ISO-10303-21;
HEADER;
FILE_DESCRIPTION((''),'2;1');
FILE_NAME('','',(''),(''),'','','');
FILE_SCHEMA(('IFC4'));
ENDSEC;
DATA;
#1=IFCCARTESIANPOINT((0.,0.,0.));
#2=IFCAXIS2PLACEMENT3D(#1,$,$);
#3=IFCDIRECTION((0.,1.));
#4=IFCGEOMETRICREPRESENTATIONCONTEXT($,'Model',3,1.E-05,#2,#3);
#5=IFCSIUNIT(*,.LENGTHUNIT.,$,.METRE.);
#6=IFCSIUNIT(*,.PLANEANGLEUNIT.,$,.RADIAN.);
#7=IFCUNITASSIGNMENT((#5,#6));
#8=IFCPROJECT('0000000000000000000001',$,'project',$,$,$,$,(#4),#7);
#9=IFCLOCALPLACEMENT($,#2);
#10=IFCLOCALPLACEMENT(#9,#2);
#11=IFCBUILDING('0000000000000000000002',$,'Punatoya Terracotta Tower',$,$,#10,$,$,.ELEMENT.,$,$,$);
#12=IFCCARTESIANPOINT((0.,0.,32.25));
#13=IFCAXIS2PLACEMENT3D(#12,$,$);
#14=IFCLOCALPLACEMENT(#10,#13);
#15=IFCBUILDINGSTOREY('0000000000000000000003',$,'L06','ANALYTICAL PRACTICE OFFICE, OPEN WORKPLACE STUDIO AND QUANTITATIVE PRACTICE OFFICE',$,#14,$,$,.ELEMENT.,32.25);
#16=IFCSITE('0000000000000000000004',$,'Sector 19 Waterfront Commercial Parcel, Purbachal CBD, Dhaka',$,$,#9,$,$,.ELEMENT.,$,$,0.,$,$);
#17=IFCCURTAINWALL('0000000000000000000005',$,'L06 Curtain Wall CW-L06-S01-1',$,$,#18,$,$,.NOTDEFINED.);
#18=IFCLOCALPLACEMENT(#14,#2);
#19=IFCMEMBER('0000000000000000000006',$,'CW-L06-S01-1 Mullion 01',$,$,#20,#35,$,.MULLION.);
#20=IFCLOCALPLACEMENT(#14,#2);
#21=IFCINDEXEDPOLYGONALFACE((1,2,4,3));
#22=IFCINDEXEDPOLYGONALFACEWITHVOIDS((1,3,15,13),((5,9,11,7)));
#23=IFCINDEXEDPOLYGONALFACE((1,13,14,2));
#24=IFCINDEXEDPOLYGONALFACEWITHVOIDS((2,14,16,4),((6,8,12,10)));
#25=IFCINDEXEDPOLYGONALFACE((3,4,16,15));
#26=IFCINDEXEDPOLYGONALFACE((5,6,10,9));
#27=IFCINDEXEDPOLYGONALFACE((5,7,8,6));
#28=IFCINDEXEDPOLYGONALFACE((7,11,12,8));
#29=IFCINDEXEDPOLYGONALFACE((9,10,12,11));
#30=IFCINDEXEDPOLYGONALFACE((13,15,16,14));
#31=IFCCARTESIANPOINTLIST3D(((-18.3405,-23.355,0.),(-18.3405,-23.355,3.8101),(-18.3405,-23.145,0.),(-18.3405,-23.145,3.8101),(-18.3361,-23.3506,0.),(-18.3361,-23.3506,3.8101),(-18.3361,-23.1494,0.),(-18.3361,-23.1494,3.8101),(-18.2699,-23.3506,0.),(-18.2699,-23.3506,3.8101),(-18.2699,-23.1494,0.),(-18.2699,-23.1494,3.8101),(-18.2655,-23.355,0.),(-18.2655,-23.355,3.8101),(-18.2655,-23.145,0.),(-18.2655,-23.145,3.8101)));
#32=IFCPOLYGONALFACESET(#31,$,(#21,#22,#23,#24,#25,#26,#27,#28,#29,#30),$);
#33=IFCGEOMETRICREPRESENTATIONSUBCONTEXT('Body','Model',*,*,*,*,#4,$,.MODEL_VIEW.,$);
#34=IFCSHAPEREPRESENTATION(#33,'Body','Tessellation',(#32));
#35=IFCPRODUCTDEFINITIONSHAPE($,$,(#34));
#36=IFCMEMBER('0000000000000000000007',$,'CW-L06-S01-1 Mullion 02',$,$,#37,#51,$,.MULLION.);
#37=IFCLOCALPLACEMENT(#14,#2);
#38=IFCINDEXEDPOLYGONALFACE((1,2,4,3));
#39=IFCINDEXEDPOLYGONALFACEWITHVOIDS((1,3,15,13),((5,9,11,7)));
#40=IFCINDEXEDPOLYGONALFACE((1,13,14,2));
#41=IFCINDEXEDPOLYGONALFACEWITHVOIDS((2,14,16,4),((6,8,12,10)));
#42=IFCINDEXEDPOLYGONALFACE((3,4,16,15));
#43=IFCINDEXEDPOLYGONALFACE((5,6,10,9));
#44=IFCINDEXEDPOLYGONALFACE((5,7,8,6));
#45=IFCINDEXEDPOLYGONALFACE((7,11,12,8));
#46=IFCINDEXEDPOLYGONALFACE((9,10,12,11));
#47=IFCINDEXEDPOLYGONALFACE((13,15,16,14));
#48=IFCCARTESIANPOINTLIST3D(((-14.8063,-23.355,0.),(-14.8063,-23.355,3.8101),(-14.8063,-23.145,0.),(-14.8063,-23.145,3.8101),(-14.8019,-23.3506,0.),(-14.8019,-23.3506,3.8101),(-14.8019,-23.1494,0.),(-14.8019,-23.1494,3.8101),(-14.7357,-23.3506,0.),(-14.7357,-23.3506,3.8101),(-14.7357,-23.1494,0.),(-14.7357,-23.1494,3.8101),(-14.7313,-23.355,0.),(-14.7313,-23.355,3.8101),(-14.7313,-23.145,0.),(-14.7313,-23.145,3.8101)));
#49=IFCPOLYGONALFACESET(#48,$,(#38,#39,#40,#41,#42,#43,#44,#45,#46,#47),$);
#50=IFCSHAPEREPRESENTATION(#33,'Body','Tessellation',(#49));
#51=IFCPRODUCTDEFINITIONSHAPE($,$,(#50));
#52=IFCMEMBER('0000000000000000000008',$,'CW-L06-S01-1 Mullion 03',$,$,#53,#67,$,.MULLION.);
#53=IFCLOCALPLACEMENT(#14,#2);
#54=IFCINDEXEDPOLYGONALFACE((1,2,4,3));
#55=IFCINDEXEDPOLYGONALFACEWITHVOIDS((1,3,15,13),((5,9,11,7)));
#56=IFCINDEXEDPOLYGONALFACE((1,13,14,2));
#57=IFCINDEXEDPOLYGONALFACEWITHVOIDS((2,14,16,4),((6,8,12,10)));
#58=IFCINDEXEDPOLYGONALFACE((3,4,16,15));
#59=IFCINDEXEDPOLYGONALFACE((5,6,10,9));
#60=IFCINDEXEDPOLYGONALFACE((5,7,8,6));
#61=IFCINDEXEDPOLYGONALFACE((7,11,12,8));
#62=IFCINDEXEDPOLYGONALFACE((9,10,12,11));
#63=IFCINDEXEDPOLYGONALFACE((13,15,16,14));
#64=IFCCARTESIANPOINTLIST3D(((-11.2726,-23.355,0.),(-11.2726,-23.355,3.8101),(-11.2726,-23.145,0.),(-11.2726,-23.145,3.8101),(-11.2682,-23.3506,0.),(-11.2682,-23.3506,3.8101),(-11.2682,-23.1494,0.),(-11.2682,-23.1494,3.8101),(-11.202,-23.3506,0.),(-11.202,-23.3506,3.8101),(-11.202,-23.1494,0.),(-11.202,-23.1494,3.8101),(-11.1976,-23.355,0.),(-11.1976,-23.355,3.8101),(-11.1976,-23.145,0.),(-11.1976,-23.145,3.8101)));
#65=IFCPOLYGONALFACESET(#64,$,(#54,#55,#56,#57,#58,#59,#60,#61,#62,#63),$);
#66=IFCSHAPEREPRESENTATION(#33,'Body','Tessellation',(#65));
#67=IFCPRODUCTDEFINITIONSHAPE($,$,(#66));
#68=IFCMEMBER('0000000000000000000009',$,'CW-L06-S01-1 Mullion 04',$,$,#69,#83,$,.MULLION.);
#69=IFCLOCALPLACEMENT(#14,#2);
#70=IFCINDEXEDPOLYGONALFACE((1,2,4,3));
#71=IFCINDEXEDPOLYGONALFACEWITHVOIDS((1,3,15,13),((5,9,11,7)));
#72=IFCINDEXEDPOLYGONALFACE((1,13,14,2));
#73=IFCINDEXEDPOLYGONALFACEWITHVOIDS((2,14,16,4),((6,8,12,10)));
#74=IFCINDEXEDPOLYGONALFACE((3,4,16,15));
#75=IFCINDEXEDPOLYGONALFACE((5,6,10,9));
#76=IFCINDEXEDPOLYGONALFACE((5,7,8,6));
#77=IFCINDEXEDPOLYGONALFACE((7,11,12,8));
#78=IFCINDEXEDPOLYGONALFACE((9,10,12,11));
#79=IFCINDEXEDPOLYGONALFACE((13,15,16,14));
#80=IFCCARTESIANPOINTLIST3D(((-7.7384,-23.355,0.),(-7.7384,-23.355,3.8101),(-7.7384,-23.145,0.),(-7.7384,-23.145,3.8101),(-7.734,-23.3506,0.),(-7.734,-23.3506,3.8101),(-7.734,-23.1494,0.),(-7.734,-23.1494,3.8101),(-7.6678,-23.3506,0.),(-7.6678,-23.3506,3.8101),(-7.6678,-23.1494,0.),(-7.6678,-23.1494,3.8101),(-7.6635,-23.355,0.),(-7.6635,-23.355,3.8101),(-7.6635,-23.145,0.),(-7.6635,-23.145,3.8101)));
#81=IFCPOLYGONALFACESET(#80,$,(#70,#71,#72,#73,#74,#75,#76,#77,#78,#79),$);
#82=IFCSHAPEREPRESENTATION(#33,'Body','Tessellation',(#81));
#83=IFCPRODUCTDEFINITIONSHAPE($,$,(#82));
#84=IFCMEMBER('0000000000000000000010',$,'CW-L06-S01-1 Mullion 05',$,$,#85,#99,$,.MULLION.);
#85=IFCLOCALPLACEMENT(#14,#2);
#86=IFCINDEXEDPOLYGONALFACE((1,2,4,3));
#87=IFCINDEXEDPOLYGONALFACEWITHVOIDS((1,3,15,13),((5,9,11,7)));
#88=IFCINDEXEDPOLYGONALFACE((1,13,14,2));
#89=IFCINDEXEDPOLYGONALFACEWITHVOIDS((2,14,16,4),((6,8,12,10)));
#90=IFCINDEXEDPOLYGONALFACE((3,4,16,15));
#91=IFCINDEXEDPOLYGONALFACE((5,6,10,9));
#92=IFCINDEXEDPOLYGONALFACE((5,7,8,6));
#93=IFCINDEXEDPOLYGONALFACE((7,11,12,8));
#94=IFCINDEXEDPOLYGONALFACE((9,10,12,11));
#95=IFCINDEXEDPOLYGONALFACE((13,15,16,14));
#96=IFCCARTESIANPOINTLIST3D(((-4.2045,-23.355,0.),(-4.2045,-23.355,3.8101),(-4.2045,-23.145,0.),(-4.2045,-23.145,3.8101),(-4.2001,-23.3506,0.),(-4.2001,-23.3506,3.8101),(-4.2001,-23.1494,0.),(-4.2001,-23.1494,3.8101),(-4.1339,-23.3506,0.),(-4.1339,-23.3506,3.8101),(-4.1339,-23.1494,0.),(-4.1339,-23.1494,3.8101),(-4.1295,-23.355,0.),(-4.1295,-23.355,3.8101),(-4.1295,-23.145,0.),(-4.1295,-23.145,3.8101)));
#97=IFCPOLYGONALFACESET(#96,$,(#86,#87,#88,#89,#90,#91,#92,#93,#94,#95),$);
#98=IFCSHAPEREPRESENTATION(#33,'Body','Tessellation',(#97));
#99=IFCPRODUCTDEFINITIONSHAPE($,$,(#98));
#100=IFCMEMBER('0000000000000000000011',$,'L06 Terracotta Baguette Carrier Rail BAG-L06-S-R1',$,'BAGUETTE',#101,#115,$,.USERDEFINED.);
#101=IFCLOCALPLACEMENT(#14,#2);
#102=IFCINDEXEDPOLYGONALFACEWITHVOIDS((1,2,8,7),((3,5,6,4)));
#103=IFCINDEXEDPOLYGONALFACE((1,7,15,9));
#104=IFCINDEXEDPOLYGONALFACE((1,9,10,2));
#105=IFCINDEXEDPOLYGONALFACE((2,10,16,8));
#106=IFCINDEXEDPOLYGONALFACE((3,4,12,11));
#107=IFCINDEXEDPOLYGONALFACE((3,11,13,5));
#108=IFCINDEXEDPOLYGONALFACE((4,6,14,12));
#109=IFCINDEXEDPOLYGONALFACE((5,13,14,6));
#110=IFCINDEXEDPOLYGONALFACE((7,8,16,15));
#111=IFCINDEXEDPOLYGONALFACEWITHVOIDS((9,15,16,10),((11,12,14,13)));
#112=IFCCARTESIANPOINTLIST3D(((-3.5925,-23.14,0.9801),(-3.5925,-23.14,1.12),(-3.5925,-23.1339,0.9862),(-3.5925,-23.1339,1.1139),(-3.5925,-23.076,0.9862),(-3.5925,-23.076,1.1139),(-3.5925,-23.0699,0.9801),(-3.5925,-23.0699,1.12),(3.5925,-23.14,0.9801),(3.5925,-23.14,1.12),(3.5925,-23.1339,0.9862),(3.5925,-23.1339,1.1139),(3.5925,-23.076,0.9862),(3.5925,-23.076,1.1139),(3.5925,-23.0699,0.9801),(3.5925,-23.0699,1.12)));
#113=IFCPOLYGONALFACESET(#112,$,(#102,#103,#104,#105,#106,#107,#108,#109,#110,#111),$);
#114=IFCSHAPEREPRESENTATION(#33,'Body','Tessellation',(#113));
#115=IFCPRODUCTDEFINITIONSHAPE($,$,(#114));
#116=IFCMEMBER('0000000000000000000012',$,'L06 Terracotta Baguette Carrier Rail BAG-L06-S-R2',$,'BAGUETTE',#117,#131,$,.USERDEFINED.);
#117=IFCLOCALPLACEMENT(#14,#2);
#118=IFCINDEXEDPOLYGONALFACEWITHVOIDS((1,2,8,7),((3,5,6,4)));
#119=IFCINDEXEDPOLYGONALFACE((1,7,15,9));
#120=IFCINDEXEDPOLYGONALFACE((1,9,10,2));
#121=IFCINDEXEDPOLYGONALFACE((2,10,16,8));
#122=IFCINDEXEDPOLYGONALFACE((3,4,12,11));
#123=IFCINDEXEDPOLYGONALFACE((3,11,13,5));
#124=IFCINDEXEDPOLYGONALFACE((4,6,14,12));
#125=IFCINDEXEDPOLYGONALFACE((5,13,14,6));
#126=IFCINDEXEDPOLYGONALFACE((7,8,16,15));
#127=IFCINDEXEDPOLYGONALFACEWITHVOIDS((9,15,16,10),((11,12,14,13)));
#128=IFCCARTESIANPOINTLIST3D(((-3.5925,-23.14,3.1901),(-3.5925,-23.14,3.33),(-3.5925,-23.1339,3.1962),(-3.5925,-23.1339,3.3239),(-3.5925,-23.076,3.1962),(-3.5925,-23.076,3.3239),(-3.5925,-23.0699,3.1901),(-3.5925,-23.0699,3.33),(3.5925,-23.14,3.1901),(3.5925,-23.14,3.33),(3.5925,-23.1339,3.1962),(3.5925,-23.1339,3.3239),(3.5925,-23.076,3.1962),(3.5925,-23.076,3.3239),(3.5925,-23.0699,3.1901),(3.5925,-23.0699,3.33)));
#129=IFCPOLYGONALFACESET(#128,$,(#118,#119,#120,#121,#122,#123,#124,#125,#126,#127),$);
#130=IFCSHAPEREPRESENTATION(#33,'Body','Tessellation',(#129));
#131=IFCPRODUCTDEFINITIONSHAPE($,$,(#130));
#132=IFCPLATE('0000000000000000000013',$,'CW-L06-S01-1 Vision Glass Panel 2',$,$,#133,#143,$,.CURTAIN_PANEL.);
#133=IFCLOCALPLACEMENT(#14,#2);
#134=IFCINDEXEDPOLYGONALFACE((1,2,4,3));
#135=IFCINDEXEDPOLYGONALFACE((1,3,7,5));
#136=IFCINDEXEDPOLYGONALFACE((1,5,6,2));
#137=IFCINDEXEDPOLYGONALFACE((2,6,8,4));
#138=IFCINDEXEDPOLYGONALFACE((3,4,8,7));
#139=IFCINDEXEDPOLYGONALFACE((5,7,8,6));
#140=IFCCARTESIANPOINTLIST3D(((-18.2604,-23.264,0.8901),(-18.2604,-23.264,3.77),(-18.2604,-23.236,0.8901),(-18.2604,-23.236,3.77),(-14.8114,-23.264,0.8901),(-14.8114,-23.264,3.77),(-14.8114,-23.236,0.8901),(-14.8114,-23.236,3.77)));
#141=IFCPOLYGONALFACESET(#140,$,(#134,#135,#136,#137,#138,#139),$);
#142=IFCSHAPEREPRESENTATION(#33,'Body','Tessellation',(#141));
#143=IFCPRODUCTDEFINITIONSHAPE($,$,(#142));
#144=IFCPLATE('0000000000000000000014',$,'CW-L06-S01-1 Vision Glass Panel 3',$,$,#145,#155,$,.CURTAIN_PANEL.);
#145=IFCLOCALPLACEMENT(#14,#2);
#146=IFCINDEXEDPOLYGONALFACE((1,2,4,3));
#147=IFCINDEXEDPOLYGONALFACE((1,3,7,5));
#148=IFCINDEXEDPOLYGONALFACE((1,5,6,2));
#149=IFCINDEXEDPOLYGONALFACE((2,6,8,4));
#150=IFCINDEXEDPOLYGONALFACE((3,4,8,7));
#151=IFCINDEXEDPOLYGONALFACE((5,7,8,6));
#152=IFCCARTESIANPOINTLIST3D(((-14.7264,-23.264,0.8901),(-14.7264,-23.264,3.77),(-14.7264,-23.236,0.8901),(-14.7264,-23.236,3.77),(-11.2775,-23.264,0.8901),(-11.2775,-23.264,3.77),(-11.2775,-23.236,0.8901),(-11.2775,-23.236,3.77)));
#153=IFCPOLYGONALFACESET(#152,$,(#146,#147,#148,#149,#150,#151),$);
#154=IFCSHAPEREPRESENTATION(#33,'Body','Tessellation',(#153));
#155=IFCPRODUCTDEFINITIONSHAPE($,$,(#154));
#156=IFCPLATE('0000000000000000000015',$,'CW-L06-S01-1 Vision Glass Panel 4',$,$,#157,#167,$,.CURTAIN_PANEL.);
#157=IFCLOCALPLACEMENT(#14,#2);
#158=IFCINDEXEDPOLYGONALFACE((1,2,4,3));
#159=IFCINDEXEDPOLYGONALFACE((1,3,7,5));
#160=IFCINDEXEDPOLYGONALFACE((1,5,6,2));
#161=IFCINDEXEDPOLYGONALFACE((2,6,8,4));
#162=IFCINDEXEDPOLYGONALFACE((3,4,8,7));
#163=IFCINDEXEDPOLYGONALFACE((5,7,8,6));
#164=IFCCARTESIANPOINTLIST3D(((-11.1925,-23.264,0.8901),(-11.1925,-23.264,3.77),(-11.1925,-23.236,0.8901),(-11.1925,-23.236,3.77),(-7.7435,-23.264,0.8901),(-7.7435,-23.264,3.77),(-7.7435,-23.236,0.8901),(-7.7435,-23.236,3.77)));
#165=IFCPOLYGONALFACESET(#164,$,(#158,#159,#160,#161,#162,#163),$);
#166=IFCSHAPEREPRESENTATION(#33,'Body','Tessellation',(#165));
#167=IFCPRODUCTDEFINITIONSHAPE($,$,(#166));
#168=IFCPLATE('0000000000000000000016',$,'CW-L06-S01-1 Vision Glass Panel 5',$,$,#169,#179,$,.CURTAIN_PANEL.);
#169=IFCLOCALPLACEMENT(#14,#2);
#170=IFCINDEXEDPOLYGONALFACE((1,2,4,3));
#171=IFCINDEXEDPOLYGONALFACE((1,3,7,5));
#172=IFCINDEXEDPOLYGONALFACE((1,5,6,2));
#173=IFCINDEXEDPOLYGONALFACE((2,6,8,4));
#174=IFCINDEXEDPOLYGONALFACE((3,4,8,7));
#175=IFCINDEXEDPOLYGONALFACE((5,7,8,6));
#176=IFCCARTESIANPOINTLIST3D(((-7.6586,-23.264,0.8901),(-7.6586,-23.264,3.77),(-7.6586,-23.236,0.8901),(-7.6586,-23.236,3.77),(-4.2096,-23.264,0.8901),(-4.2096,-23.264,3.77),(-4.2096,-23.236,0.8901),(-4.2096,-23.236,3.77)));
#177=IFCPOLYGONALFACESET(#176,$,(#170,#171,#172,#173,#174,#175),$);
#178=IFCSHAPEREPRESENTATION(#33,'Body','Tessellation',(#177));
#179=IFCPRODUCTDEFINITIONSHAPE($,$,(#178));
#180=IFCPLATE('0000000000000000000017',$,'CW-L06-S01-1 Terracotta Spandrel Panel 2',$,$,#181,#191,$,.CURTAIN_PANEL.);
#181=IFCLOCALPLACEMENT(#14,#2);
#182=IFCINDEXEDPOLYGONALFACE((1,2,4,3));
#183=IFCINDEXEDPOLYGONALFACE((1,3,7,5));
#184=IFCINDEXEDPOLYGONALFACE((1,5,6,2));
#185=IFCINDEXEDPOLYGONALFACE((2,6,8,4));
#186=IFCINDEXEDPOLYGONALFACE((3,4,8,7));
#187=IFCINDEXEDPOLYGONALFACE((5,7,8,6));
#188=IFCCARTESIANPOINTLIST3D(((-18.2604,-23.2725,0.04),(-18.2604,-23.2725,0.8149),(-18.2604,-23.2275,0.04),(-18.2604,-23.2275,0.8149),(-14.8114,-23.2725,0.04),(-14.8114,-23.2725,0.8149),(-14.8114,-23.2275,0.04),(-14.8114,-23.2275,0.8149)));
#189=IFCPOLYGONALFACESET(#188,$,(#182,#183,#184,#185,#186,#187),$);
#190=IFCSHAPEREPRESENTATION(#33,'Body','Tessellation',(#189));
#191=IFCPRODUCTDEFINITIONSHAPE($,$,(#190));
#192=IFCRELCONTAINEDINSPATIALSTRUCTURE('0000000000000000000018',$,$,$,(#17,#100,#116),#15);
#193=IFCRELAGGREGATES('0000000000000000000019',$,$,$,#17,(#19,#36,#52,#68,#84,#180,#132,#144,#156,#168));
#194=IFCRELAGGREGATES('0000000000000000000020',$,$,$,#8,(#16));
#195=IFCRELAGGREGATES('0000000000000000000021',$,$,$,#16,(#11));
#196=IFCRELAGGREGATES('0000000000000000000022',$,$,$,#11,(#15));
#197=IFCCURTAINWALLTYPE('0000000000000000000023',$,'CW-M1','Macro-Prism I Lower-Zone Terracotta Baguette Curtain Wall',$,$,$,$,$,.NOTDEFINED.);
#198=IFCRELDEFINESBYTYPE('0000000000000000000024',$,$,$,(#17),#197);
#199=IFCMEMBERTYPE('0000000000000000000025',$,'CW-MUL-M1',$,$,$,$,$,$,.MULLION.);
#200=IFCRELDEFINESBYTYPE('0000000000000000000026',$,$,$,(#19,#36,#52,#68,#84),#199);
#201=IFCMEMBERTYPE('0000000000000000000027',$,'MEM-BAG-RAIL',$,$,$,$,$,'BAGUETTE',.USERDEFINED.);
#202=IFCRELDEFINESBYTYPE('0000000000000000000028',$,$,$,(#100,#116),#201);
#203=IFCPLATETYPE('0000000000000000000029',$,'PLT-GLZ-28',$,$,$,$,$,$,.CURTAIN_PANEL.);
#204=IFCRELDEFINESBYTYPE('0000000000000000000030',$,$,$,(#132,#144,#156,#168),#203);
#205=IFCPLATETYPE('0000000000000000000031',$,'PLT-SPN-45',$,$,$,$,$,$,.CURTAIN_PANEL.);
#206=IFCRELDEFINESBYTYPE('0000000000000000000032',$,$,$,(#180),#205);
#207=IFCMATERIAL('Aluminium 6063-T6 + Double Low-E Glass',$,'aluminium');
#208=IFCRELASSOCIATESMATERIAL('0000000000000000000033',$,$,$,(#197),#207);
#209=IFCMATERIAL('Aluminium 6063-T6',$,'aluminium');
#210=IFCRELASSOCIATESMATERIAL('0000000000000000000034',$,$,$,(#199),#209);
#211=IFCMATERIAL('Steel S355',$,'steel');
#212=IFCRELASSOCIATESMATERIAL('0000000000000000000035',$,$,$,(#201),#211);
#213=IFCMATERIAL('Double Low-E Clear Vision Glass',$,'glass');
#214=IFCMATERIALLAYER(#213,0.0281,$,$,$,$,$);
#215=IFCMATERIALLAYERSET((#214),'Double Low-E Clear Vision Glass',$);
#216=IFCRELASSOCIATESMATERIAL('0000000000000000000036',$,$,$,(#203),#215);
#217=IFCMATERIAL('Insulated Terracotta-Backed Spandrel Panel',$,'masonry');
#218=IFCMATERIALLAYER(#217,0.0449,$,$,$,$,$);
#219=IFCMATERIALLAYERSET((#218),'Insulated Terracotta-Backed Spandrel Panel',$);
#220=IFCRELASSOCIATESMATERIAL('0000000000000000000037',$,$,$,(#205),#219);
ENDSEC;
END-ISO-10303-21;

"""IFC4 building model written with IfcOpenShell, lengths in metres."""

from ifc_helpers import new_model, si_unit, direction, frame, origin, origin_2d, place, context, subcontext, project, spatial, rectangle, hollow_rectangle, extrude, material, layer, layer_set, material_profile, profile_set, type_object, element, aggregate, save


model = new_model("IFC4")

# Units and contexts
model_context = context("Model", 3, precision=1e-05, world=origin(), true_north=direction((0.0, 1.0)))
body_context = subcontext(model_context, "Body", "Model", "MODEL_VIEW")
ifc_project = project(units=[si_unit("LENGTHUNIT", "METRE"), si_unit("PLANEANGLEUNIT", "RADIAN")], contexts=[model_context])

# Site, building, storey
site_placement = place(None, origin())
site = spatial("IfcSite", under=ifc_project, at=site_placement, Name="Sector 19 Waterfront Commercial Parcel, Purbachal CBD, Dhaka", CompositionType="ELEMENT", RefElevation=0.0)
building_placement = place(site_placement, origin())
building = spatial("IfcBuilding", under=site, at=building_placement, Name="Punatoya Terracotta Tower", CompositionType="ELEMENT")
storey_placement = place(building_placement, frame((0.0, 0.0, 32.25)))
storey = spatial("IfcBuildingStorey", under=building, at=storey_placement, Name="L06", Description="ANALYTICAL PRACTICE OFFICE, OPEN WORKPLACE STUDIO AND QUANTITATIVE PRACTICE OFFICE", CompositionType="ELEMENT", Elevation=32.25)

# Curtain wall, members
ifc_material_1 = material(Name="Aluminium 6063-T6 + Double Low-E Glass", Category="aluminium")
curtain_wall_type = type_object("IfcCurtainWallType", Name="CW-M1", Description="Macro-Prism I Lower-Zone Terracotta Baguette Curtain Wall", PredefinedType="NOTDEFINED", material=ifc_material_1)
curtain_wall_placement = place(storey_placement, origin())
curtain_wall = element("IfcCurtainWall", 1, at=curtain_wall_placement, inside=storey, type_object=curtain_wall_type, Name="L06 Curtain Wall CW-L06-S01-1", PredefinedType="NOTDEFINED")
ifc_material_2 = material(Name="Aluminium 6063-T6", Category="aluminium")
ifc_material_profile_1 = material_profile(ifc_material_2, hollow_rectangle(XDim=0.075, YDim=0.21, WallThickness=0.0044, at=origin_2d()))
ifc_profile_set_1 = profile_set([ifc_material_profile_1], Name="Aluminium 6063-T6")
member_type_1 = type_object("IfcMemberType", Name="CW-MUL-M1", PredefinedType="MULLION", material=ifc_profile_set_1)
member_1_placement = place(storey_placement, frame((-18.303, -23.25, 0.0), z_axis=(0.0, 0.0, 1.0), x_axis=(1.0, 0.0, 0.0)))
member_1 = element("IfcMember", 2, at=member_1_placement, type_object=member_type_1, Name="CW-L06-S01-1 Mullion 01", PredefinedType="MULLION", context=body_context, shape_type="SweptSolid", body=[
    extrude(hollow_rectangle(XDim=0.075, YDim=0.21, WallThickness=0.0044, at=origin_2d()), origin(), (0.0, 0.0, 1.0), 3.8101),
])
member_2_placement = place(storey_placement, frame((-14.7688, -23.25, 0.0), z_axis=(0.0, 0.0, 1.0), x_axis=(1.0, 0.0, 0.0)))
member_2 = element("IfcMember", 3, at=member_2_placement, type_object=member_type_1, Name="CW-L06-S01-1 Mullion 02", PredefinedType="MULLION", context=body_context, shape_type="SweptSolid", body=[
    extrude(hollow_rectangle(XDim=0.075, YDim=0.21, WallThickness=0.0044, at=origin_2d()), origin(), (0.0, 0.0, 1.0), 3.8101),
])
member_3_placement = place(storey_placement, frame((-11.2351, -23.25, 0.0), z_axis=(0.0, 0.0, 1.0), x_axis=(1.0, 0.0, 0.0)))
member_3 = element("IfcMember", 4, at=member_3_placement, type_object=member_type_1, Name="CW-L06-S01-1 Mullion 03", PredefinedType="MULLION", context=body_context, shape_type="SweptSolid", body=[
    extrude(hollow_rectangle(XDim=0.075, YDim=0.21, WallThickness=0.0044, at=origin_2d()), origin(), (0.0, 0.0, 1.0), 3.8101),
])
member_4_placement = place(storey_placement, frame((-7.7009, -23.25, 0.0), z_axis=(0.0, 0.0, 1.0), x_axis=(1.0, 0.0, 0.0)))
member_4 = element("IfcMember", 5, at=member_4_placement, type_object=member_type_1, Name="CW-L06-S01-1 Mullion 04", PredefinedType="MULLION", context=body_context, shape_type="SweptSolid", body=[
    extrude(hollow_rectangle(XDim=0.075, YDim=0.21, WallThickness=0.0044, at=origin_2d()), origin(), (0.0, 0.0, 1.0), 3.8101),
])
member_5_placement = place(storey_placement, frame((-4.167, -23.25, 0.0), z_axis=(0.0, 0.0, 1.0), x_axis=(1.0, 0.0, 0.0)))
member_5 = element("IfcMember", 6, at=member_5_placement, type_object=member_type_1, Name="CW-L06-S01-1 Mullion 05", PredefinedType="MULLION", context=body_context, shape_type="SweptSolid", body=[
    extrude(hollow_rectangle(XDim=0.075, YDim=0.21, WallThickness=0.0044, at=origin_2d()), origin(), (0.0, 0.0, 1.0), 3.8101),
])

# Members
ifc_material_3 = material(Name="Steel S355", Category="steel")
ifc_material_profile_2 = material_profile(ifc_material_3, hollow_rectangle(XDim=0.0701, YDim=0.1399, WallThickness=0.0061, at=origin_2d()))
ifc_profile_set_2 = profile_set([ifc_material_profile_2], Name="Steel S355")
member_type_2 = type_object("IfcMemberType", Name="MEM-BAG-RAIL", ElementType="BAGUETTE", PredefinedType="USERDEFINED", material=ifc_profile_set_2)
for number, where, z_axis, x_axis, name in (
    (7, (-3.5925, -23.105, 1.05), (1.0, 0.0, 0.0), (0.0, 1.0, 0.0), "L06 Terracotta Baguette Carrier Rail BAG-L06-S-R1"),
    (8, (-3.5925, -23.105, 3.26), (1.0, 0.0, 0.0), (0.0, 1.0, 0.0), "L06 Terracotta Baguette Carrier Rail BAG-L06-S-R2"),
):
    element("IfcMember", number, at=place(storey_placement, frame(where, z_axis=z_axis, x_axis=x_axis)), inside=storey, type_object=member_type_2, Name=name, ObjectType="BAGUETTE", PredefinedType="USERDEFINED", context=body_context, shape_type="SweptSolid", body=[
        extrude(hollow_rectangle(XDim=0.0701, YDim=0.1399, WallThickness=0.0061, at=origin_2d()), origin(), (0.0, 0.0, 1.0), 7.1851),
    ])

# Plates
ifc_material_4 = material(Name="Double Low-E Clear Vision Glass", Category="glass")
ifc_layer_1 = layer(ifc_material_4, 0.0281)
ifc_layer_set_1 = layer_set([ifc_layer_1], Name="Double Low-E Clear Vision Glass")
plate_type_1 = type_object("IfcPlateType", Name="PLT-GLZ-28", PredefinedType="CURTAIN_PANEL", material=ifc_layer_set_1)
plate_1_placement = place(storey_placement, frame((-16.5359, -23.25, 0.8901), z_axis=(0.0, 0.0, 1.0), x_axis=(1.0, 0.0, 0.0)))
plate_1 = element("IfcPlate", 9, at=plate_1_placement, type_object=plate_type_1, Name="CW-L06-S01-1 Vision Glass Panel 2", PredefinedType="CURTAIN_PANEL", context=body_context, shape_type="SweptSolid", body=[
    extrude(rectangle(XDim=3.449, YDim=0.0281, at=origin_2d()), origin(), (0.0, 0.0, 1.0), 2.8799),
])
plate_2_placement = place(storey_placement, frame((-13.002, -23.25, 0.8901), z_axis=(0.0, 0.0, 1.0), x_axis=(1.0, 0.0, 0.0)))
plate_2 = element("IfcPlate", 10, at=plate_2_placement, type_object=plate_type_1, Name="CW-L06-S01-1 Vision Glass Panel 3", PredefinedType="CURTAIN_PANEL", context=body_context, shape_type="SweptSolid", body=[
    extrude(rectangle(XDim=3.449, YDim=0.0281, at=origin_2d()), origin(), (0.0, 0.0, 1.0), 2.8799),
])
plate_3_placement = place(storey_placement, frame((-9.468, -23.25, 0.8901), z_axis=(0.0, 0.0, 1.0), x_axis=(1.0, 0.0, 0.0)))
plate_3 = element("IfcPlate", 11, at=plate_3_placement, type_object=plate_type_1, Name="CW-L06-S01-1 Vision Glass Panel 4", PredefinedType="CURTAIN_PANEL", context=body_context, shape_type="SweptSolid", body=[
    extrude(rectangle(XDim=3.449, YDim=0.0281, at=origin_2d()), origin(), (0.0, 0.0, 1.0), 2.8799),
])
plate_4_placement = place(storey_placement, frame((-5.9341, -23.25, 0.8901), z_axis=(0.0, 0.0, 1.0), x_axis=(1.0, 0.0, 0.0)))
plate_4 = element("IfcPlate", 12, at=plate_4_placement, type_object=plate_type_1, Name="CW-L06-S01-1 Vision Glass Panel 5", PredefinedType="CURTAIN_PANEL", context=body_context, shape_type="SweptSolid", body=[
    extrude(rectangle(XDim=3.449, YDim=0.0281, at=origin_2d()), origin(), (0.0, 0.0, 1.0), 2.8799),
])
ifc_material_5 = material(Name="Insulated Terracotta-Backed Spandrel Panel", Category="masonry")
ifc_layer_2 = layer(ifc_material_5, 0.0449)
ifc_layer_set_2 = layer_set([ifc_layer_2], Name="Insulated Terracotta-Backed Spandrel Panel")
plate_type_2 = type_object("IfcPlateType", Name="PLT-SPN-45", PredefinedType="CURTAIN_PANEL", material=ifc_layer_set_2)
plate_5_placement = place(storey_placement, frame((-16.5359, -23.25, 0.04), z_axis=(0.0, 0.0, 1.0), x_axis=(1.0, 0.0, 0.0)))
plate_5 = element("IfcPlate", 13, at=plate_5_placement, type_object=plate_type_2, Name="CW-L06-S01-1 Terracotta Spandrel Panel 2", PredefinedType="CURTAIN_PANEL", context=body_context, shape_type="SweptSolid", body=[
    extrude(rectangle(XDim=3.449, YDim=0.0449, at=origin_2d()), origin(), (0.0, 0.0, 1.0), 0.7749),
])
aggregate(curtain_wall, [member_1, member_2, member_3, member_4, member_5, plate_5, plate_1, plate_2, plate_3, plate_4])

save(model, "model.ifc")
